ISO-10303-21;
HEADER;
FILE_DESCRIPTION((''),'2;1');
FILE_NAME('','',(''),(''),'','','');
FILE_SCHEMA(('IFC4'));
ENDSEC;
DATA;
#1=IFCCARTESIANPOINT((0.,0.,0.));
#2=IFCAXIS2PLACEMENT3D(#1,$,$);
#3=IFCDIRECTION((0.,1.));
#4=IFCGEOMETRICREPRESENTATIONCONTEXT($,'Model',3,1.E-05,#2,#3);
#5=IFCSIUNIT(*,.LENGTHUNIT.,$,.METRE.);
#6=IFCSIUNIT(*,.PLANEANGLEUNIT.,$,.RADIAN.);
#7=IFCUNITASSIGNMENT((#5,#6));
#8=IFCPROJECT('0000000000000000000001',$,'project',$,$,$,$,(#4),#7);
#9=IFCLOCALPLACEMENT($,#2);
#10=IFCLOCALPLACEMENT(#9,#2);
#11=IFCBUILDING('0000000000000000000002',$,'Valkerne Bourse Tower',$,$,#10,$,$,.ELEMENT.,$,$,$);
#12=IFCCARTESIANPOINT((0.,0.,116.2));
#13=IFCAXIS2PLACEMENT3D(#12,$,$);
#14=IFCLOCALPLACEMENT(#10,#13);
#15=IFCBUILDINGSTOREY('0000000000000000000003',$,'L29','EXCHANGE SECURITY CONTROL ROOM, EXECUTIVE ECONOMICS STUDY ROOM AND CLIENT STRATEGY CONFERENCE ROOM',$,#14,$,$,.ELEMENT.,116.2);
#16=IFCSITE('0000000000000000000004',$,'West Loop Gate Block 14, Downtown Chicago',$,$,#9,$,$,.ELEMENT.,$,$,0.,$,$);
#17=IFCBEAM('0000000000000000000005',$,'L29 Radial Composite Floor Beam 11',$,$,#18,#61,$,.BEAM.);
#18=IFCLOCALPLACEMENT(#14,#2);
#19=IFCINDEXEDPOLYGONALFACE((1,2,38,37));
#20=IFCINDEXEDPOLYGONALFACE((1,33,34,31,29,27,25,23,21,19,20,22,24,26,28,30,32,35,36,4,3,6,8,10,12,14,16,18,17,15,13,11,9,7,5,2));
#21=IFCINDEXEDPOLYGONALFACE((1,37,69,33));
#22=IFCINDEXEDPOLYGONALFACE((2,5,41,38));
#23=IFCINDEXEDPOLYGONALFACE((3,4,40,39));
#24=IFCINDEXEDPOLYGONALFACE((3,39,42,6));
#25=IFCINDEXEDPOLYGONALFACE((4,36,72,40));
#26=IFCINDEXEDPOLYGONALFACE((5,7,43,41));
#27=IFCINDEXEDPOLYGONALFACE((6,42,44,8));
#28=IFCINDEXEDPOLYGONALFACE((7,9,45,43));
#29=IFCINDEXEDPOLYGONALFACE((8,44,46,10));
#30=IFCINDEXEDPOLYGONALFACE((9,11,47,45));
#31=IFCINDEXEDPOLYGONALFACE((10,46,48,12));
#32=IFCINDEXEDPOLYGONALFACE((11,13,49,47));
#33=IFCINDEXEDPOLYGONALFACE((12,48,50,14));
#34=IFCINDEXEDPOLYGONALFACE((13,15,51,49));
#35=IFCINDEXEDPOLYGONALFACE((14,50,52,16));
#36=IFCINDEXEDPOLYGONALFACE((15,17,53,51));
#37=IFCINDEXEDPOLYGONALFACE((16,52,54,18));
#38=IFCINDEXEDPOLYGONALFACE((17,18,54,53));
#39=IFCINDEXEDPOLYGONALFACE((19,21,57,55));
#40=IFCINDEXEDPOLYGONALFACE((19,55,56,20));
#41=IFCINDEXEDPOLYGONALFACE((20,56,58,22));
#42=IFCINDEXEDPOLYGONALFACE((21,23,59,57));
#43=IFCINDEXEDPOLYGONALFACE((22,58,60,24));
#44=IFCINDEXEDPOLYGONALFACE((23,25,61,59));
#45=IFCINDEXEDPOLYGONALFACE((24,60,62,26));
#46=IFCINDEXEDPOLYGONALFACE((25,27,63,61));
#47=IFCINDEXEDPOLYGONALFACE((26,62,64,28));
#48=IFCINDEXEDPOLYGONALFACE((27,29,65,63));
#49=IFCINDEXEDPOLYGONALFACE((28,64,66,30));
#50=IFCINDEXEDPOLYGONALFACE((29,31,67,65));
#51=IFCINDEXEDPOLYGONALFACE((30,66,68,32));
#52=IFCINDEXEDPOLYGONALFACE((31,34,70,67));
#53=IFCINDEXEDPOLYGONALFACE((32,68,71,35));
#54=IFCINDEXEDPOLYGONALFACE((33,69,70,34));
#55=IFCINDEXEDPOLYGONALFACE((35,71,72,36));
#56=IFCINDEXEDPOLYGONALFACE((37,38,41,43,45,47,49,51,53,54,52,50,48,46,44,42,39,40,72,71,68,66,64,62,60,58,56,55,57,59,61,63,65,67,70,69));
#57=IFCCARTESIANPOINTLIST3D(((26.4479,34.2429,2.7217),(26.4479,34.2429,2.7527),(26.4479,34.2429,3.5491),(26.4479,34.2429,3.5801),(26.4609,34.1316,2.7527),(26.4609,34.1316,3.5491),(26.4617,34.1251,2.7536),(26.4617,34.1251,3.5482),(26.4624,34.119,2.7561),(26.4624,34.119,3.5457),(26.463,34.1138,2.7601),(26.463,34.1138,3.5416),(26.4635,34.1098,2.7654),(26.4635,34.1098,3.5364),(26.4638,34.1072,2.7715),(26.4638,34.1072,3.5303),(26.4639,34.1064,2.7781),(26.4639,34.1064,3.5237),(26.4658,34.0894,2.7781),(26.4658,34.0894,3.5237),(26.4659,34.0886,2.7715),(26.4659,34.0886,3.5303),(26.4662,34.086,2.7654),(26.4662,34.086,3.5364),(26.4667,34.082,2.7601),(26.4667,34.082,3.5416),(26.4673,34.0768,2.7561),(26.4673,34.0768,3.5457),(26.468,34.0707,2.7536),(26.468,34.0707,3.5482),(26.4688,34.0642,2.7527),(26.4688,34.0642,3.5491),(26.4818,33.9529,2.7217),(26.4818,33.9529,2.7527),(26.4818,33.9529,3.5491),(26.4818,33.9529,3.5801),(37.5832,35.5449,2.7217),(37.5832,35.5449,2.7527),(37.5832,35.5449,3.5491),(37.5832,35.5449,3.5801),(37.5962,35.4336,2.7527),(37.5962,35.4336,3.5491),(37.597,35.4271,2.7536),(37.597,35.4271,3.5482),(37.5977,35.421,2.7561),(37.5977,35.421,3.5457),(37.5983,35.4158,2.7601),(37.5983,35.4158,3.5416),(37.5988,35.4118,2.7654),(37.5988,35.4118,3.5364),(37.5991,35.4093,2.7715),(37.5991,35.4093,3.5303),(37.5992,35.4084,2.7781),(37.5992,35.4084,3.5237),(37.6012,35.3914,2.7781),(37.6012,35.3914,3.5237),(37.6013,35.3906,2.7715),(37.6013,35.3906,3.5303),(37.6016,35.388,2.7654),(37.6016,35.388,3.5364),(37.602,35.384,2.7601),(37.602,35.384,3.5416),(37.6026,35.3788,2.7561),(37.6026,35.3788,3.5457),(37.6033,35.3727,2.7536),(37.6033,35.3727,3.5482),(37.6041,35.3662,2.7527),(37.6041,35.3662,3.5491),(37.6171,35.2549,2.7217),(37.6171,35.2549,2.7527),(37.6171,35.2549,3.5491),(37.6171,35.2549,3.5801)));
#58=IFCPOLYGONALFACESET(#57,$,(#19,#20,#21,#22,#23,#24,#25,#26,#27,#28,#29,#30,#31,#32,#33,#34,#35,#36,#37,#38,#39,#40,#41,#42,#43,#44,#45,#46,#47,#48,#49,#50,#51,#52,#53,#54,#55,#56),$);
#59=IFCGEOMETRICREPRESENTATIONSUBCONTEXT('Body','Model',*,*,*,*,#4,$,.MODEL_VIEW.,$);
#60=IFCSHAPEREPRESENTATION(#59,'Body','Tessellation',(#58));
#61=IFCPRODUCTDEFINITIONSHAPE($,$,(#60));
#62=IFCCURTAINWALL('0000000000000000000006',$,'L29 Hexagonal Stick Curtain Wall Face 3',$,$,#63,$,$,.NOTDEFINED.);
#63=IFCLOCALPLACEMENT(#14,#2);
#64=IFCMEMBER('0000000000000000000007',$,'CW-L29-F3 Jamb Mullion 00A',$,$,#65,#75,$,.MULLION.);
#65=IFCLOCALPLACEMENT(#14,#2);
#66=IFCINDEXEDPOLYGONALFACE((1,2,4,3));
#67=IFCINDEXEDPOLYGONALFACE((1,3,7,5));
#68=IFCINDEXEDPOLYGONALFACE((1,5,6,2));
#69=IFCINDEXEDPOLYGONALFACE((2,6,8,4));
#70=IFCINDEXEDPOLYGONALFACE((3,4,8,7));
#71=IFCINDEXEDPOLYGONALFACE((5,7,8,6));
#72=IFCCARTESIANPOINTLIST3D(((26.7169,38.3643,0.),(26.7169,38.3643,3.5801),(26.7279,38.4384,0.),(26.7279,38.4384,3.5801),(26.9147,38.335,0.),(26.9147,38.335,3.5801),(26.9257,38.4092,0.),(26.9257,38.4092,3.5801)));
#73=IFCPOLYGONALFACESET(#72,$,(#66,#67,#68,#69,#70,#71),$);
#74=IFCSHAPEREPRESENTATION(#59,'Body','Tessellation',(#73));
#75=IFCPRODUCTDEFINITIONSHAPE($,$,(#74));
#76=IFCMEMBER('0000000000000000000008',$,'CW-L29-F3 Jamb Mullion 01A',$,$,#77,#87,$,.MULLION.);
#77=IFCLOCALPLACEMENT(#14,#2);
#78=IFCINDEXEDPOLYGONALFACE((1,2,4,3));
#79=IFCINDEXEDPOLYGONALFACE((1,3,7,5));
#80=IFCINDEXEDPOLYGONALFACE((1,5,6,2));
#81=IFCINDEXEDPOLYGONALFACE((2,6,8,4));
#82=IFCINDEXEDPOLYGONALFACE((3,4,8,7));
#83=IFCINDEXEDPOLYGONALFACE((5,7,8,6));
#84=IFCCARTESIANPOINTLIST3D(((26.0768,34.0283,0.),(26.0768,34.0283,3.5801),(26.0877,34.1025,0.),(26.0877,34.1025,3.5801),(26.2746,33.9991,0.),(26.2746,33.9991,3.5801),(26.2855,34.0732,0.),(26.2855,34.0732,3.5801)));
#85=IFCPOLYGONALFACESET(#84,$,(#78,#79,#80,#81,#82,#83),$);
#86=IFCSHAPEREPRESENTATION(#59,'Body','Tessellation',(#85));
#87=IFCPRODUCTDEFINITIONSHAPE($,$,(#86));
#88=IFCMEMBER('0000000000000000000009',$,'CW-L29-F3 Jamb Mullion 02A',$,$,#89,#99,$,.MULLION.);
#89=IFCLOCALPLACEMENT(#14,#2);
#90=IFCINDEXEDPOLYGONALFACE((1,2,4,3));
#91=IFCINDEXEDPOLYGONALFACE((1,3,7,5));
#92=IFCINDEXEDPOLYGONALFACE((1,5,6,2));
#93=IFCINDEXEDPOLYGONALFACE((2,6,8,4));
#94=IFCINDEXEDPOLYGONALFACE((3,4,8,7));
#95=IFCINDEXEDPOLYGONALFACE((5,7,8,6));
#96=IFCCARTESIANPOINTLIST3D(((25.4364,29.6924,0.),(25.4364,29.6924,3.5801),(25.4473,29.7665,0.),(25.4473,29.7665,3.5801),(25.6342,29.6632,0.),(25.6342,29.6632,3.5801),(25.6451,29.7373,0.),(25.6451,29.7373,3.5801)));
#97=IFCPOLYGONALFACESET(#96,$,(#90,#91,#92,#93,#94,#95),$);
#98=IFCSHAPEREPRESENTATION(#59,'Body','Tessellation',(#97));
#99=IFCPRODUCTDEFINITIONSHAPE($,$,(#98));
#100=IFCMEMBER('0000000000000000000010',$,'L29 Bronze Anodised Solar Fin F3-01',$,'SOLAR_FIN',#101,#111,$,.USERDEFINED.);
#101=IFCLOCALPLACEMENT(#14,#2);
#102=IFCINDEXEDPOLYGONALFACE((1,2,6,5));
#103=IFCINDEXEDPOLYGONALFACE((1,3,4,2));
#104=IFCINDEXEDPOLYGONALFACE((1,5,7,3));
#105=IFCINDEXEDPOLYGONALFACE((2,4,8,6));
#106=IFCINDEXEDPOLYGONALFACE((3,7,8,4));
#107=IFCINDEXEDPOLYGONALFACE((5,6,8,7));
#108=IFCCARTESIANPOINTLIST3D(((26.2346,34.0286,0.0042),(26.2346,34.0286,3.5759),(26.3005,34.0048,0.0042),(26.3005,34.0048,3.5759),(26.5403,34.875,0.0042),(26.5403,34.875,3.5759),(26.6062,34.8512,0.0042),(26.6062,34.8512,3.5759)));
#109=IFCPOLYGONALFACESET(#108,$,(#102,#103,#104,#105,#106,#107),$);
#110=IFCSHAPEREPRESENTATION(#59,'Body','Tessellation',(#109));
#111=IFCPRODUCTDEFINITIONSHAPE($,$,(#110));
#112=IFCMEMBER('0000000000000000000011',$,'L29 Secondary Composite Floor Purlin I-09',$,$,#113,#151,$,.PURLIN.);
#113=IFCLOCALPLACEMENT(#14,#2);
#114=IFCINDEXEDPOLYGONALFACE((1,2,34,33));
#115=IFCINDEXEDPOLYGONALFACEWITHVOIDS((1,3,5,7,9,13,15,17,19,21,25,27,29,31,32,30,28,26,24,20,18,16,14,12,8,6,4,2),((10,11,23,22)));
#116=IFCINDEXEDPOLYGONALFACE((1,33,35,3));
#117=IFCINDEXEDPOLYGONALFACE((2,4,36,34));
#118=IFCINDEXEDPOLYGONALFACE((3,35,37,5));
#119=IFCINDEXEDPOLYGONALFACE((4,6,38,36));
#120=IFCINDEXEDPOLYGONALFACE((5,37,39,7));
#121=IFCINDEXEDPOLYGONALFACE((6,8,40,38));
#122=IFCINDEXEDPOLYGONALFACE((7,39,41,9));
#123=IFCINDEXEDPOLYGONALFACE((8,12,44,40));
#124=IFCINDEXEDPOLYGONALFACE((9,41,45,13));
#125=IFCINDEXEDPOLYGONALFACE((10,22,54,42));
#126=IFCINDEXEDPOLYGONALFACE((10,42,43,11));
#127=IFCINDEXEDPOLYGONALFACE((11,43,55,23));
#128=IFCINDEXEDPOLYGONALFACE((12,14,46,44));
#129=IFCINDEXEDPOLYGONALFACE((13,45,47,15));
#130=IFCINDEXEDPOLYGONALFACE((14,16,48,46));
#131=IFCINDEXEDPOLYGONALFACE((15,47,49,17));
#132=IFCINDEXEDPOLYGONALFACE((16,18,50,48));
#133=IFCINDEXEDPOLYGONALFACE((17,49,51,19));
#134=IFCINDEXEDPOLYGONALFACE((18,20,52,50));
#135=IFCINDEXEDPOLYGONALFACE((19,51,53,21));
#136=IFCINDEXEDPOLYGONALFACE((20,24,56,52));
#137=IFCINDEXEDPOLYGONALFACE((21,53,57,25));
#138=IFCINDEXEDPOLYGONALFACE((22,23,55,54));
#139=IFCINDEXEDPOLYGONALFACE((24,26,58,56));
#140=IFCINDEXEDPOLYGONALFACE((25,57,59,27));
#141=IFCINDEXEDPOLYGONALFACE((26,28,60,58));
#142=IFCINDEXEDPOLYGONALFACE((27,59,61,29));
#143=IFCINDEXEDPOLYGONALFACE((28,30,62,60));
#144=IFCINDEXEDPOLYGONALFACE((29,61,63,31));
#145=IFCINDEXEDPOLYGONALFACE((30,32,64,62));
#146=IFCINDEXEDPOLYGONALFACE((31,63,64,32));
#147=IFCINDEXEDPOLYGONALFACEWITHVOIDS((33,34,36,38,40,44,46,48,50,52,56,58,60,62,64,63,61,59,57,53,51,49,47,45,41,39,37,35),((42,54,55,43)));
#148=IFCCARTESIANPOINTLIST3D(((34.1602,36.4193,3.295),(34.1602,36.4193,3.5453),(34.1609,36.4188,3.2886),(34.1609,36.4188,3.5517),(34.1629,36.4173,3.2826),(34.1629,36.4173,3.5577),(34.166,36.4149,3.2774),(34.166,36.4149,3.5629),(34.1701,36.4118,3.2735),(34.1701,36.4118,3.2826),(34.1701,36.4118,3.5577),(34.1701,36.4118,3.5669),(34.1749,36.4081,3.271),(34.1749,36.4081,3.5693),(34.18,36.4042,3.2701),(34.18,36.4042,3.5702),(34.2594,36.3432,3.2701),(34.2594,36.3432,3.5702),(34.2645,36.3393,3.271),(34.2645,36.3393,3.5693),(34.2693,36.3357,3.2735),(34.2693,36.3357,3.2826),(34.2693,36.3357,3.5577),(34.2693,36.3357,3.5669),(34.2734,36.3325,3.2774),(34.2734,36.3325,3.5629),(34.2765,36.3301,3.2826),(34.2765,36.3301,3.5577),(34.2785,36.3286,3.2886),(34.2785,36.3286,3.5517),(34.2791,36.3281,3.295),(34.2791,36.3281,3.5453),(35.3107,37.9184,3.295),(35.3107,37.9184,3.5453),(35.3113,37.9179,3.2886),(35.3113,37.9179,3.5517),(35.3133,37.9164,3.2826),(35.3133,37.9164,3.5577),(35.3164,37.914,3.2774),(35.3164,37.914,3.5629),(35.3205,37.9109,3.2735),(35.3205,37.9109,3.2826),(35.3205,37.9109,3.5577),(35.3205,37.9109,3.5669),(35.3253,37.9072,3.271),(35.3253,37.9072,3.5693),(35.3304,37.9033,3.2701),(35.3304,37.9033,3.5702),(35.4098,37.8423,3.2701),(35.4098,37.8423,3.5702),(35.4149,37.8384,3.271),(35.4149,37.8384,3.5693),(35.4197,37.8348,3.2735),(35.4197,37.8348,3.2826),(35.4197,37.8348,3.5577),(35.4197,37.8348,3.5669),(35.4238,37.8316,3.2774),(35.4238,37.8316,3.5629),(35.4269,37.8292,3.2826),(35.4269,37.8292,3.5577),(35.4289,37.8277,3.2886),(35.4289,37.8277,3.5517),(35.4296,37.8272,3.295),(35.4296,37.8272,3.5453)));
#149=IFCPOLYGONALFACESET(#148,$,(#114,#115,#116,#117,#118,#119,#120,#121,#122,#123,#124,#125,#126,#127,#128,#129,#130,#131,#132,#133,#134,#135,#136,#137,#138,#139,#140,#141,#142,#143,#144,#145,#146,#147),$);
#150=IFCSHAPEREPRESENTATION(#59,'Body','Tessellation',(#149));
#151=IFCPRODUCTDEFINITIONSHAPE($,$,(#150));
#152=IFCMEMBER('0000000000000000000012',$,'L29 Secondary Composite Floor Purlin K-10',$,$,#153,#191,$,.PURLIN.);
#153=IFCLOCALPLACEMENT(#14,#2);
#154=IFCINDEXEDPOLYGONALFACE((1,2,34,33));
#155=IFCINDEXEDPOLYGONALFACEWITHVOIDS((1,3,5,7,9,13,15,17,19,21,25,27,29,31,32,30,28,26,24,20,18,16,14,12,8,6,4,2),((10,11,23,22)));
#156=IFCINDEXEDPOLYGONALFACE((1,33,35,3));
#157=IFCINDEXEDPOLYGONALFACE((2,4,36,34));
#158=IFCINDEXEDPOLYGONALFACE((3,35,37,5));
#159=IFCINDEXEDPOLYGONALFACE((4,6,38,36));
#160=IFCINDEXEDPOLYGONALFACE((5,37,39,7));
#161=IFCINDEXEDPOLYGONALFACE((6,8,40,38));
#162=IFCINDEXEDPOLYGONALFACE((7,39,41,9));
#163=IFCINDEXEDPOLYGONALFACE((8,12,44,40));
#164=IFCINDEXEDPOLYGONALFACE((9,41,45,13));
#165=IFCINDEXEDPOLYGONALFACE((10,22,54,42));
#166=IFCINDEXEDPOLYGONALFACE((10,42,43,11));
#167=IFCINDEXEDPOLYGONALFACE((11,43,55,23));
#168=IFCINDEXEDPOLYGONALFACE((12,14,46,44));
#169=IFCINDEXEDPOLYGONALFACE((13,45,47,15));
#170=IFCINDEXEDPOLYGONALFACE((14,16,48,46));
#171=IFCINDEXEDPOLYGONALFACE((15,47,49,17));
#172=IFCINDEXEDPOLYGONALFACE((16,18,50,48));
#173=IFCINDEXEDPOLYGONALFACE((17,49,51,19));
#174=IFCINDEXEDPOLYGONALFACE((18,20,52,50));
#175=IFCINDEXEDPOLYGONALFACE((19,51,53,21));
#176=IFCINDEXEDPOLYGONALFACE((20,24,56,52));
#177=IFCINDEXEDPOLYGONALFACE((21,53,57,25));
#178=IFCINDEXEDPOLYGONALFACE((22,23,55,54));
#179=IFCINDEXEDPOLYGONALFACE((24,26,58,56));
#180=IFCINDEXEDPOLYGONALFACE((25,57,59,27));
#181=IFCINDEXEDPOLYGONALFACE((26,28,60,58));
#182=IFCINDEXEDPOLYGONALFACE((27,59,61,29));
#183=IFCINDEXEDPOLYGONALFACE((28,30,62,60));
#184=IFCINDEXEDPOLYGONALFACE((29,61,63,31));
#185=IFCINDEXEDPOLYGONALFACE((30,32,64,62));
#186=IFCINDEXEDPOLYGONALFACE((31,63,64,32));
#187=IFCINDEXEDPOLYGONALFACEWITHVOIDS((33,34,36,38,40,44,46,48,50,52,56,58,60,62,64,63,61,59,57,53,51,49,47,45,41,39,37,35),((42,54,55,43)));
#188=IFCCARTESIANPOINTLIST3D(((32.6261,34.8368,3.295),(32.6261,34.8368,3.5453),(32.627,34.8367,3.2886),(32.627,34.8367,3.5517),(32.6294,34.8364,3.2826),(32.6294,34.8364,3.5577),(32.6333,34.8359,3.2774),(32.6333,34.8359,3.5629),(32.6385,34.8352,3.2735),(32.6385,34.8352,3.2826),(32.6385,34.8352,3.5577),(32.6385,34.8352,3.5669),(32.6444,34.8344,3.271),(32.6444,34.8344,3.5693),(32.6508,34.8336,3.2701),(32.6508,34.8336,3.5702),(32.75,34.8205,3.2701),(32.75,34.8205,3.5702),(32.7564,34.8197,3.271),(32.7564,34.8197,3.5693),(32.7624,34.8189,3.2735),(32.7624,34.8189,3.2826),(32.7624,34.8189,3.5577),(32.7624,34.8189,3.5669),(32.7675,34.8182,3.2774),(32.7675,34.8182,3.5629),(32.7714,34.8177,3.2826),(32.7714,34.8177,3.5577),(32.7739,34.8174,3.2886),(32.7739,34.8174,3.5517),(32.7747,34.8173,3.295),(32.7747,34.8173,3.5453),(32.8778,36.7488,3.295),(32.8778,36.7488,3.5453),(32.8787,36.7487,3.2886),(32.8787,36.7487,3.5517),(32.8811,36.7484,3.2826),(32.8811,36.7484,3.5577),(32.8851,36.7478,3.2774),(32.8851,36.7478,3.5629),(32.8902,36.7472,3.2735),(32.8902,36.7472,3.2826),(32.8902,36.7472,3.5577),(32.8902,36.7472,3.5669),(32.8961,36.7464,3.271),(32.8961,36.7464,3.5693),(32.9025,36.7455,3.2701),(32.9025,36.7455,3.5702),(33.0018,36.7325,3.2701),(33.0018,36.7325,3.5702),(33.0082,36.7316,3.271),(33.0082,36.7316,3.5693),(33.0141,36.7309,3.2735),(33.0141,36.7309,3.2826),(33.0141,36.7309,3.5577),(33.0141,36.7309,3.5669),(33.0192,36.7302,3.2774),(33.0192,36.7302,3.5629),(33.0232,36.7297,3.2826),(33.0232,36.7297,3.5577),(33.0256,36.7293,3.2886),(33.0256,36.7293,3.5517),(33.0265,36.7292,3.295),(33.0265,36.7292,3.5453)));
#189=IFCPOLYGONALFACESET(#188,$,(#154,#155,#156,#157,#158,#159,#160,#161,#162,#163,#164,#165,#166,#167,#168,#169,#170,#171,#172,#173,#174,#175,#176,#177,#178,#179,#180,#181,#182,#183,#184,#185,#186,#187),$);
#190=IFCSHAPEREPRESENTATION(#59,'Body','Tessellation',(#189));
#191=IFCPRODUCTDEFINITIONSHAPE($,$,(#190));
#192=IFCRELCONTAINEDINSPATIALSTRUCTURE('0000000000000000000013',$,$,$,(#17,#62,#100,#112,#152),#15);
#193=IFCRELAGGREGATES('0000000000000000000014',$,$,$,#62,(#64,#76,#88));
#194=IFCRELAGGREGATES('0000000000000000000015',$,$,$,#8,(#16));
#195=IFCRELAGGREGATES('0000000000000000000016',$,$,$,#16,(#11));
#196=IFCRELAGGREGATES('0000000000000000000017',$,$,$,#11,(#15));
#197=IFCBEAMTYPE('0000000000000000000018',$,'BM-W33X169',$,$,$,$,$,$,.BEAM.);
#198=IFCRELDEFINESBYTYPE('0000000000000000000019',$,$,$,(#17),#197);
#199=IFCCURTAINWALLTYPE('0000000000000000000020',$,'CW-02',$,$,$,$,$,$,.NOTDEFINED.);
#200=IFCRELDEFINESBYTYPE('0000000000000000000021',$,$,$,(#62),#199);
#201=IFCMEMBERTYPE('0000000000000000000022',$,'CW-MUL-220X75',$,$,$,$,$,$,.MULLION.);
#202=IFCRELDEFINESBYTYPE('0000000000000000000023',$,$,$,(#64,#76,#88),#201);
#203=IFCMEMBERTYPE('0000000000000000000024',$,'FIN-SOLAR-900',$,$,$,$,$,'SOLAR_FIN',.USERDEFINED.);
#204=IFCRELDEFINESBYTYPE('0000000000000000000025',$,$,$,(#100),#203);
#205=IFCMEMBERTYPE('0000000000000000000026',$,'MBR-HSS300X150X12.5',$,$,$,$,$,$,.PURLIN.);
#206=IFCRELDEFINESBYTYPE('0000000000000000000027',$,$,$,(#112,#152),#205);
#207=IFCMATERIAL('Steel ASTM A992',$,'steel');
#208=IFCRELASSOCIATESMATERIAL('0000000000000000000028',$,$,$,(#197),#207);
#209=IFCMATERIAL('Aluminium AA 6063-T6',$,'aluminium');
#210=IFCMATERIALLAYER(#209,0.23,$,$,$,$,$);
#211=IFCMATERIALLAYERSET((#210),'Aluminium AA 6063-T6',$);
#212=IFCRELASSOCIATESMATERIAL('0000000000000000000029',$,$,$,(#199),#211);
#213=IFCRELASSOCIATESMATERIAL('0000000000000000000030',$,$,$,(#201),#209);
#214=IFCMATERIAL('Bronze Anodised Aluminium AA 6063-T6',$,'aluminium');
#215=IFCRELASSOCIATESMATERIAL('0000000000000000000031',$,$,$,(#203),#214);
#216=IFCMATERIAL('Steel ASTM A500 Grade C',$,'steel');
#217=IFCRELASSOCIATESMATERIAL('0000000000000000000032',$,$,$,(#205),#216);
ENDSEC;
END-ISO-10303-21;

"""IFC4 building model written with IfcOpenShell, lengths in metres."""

from ifc_helpers import new_model, si_unit, direction, frame, origin, origin_2d, place, context, subcontext, project, spatial, rectangle, hollow_rectangle, i_section, extrude, material, layer, layer_set, material_profile, profile_set, type_object, element, aggregate, save


model = new_model("IFC4")

# Units and contexts
model_context = context("Model", 3, precision=1e-05, world=origin(), true_north=direction((0.0, 1.0)))
body_context = subcontext(model_context, "Body", "Model", "MODEL_VIEW")
ifc_project = project(units=[si_unit("LENGTHUNIT", "METRE"), si_unit("PLANEANGLEUNIT", "RADIAN")], contexts=[model_context])

# Site, building, storey
site_placement = place(None, origin())
site = spatial("IfcSite", under=ifc_project, at=site_placement, Name="West Loop Gate Block 14, Downtown Chicago", CompositionType="ELEMENT", RefElevation=0.0)
building_placement = place(site_placement, origin())
building = spatial("IfcBuilding", under=site, at=building_placement, Name="Valkerne Bourse Tower", CompositionType="ELEMENT")
storey_placement = place(building_placement, frame((0.0, 0.0, 116.2)))
storey = spatial("IfcBuildingStorey", under=building, at=storey_placement, Name="L29", Description="EXCHANGE SECURITY CONTROL ROOM, EXECUTIVE ECONOMICS STUDY ROOM AND CLIENT STRATEGY CONFERENCE ROOM", CompositionType="ELEMENT", Elevation=116.2)

# Beam
ifc_material_1 = material(Name="Steel ASTM A992", Category="steel")
ifc_material_profile_1 = material_profile(ifc_material_1, i_section(OverallWidth=0.292, OverallDepth=0.8584, WebThickness=0.0171, FlangeThickness=0.031, FilletRadius=0.0254, at=origin_2d()), Name="W33X169")
ifc_profile_set_1 = profile_set([ifc_material_profile_1], Name="Steel ASTM A992")
beam_type_1 = type_object("IfcBeamType", Name="BM-W33X169", PredefinedType="BEAM", material=ifc_profile_set_1)
beam_1_placement = place(storey_placement, frame((26.4648, 34.0979, 3.1509), z_axis=(0.993233, 0.116135, 0.0), x_axis=(-0.116135, 0.993233, 0.0)))
element("IfcBeam", 1, at=beam_1_placement, inside=storey, type_object=beam_type_1, Name="L29 Radial Composite Floor Beam 11", PredefinedType="BEAM", context=body_context, shape_type="SweptSolid", body=[
    extrude(i_section(OverallWidth=0.292, OverallDepth=0.8584, WebThickness=0.0171, FlangeThickness=0.031, FilletRadius=0.0254, at=origin_2d()), origin(), (0.0, 0.0, 1.0), 11.2112),
])

# Curtain wall, members
ifc_material_2 = material(Name="Aluminium AA 6063-T6", Category="aluminium")
ifc_layer_1 = layer(ifc_material_2, 0.23)
ifc_layer_set_1 = layer_set([ifc_layer_1], Name="Aluminium AA 6063-T6")
curtain_wall_type = type_object("IfcCurtainWallType", Name="CW-02", PredefinedType="NOTDEFINED", material=ifc_layer_set_1)
curtain_wall_placement = place(storey_placement, origin())
curtain_wall = element("IfcCurtainWall", 2, at=curtain_wall_placement, inside=storey, type_object=curtain_wall_type, Name="L29 Hexagonal Stick Curtain Wall Face 3", PredefinedType="NOTDEFINED")
ifc_material_profile_2 = material_profile(ifc_material_2, rectangle(XDim=0.075, YDim=0.2, at=origin_2d()), Name="CWM-75X200")
ifc_profile_set_2 = profile_set([ifc_material_profile_2], Name="Aluminium AA 6063-T6")
member_type_1 = type_object("IfcMemberType", Name="CW-MUL-220X75", PredefinedType="MULLION", material=ifc_profile_set_2)
member_1_placement = place(storey_placement, frame((26.8213, 38.3867, 0.0), z_axis=(0.0, 0.0, 1.0), x_axis=(-0.146086, -0.989272, 0.0)))
member_1 = element("IfcMember", 3, at=member_1_placement, type_object=member_type_1, Name="CW-L29-F3 Jamb Mullion 00A", PredefinedType="MULLION", context=body_context, shape_type="SweptSolid", body=[
    extrude(rectangle(XDim=0.075, YDim=0.2, at=origin_2d()), origin(), (0.0, 0.0, 1.0), 3.5801),
])
member_2_placement = place(storey_placement, frame((26.1812, 34.0508, 0.0), z_axis=(0.0, 0.0, 1.0), x_axis=(-0.14609, -0.989271, 0.0)))
member_2 = element("IfcMember", 4, at=member_2_placement, type_object=member_type_1, Name="CW-L29-F3 Jamb Mullion 01A", PredefinedType="MULLION", context=body_context, shape_type="SweptSolid", body=[
    extrude(rectangle(XDim=0.075, YDim=0.2, at=origin_2d()), origin(), (0.0, 0.0, 1.0), 3.5801),
])
member_3_placement = place(storey_placement, frame((25.5408, 29.7148, 0.0), z_axis=(0.0, 0.0, 1.0), x_axis=(-0.146086, -0.989272, 0.0)))
member_3 = element("IfcMember", 5, at=member_3_placement, type_object=member_type_1, Name="CW-L29-F3 Jamb Mullion 02A", PredefinedType="MULLION", context=body_context, shape_type="SweptSolid", body=[
    extrude(rectangle(XDim=0.075, YDim=0.2, at=origin_2d()), origin(), (0.0, 0.0, 1.0), 3.5801),
])

# Members
ifc_material_3 = material(Name="Bronze Anodised Aluminium AA 6063-T6", Category="aluminium")
ifc_material_profile_3 = material_profile(ifc_material_3, rectangle(XDim=0.0701, YDim=0.8999, at=origin_2d()), Name="FIN-70X900")
ifc_profile_set_3 = profile_set([ifc_material_profile_3], Name="Bronze Anodised Aluminium AA 6063-T6")
member_type_2 = type_object("IfcMemberType", Name="FIN-SOLAR-900", ElementType="SOLAR_FIN", PredefinedType="USERDEFINED", material=ifc_profile_set_3)
member_4_placement = place(storey_placement, frame((26.4204, 34.4399, 0.0042), z_axis=(0.0, 0.0, 1.0), x_axis=(-0.940558, 0.339633, 0.0)))
element("IfcMember", 6, at=member_4_placement, inside=storey, type_object=member_type_2, Name="L29 Bronze Anodised Solar Fin F3-01", ObjectType="SOLAR_FIN", PredefinedType="USERDEFINED", context=body_context, shape_type="SweptSolid", body=[
    extrude(rectangle(XDim=0.0701, YDim=0.8999, at=origin_2d()), origin(), (0.0, 0.0, 1.0), 3.5718),
])
ifc_material_4 = material(Name="Steel ASTM A500 Grade C", Category="steel")
ifc_material_profile_4 = material_profile(ifc_material_4, hollow_rectangle(XDim=0.1499, YDim=0.3, WallThickness=0.0125, OuterFilletRadius=0.0249, at=origin_2d()), Name="HSS300X150X12.5")
ifc_profile_set_4 = profile_set([ifc_material_profile_4], Name="Steel ASTM A500 Grade C")
member_type_3 = type_object("IfcMemberType", Name="MBR-HSS300X150X12.5", PredefinedType="PURLIN", material=ifc_profile_set_4)
member_5_placement = place(storey_placement, frame((35.3701, 37.8728, 3.4202), z_axis=(-0.608811, -0.793315, 0.0), x_axis=(0.793315, -0.608811, 0.0)))
element("IfcMember", 7, at=member_5_placement, inside=storey, type_object=member_type_3, Name="L29 Secondary Composite Floor Purlin I-09", PredefinedType="PURLIN", context=body_context, shape_type="SweptSolid", body=[
    extrude(hollow_rectangle(XDim=0.1499, YDim=0.3, WallThickness=0.0125, OuterFilletRadius=0.0249, at=origin_2d()), origin(), (0.0, 0.0, 1.0), 1.8896),
])
member_6_placement = place(storey_placement, frame((32.9521, 36.739, 3.4202), z_axis=(-0.13053, -0.991444, 0.0), x_axis=(0.991444, -0.13053, 0.0)))
element("IfcMember", 8, at=member_6_placement, inside=storey, type_object=member_type_3, Name="L29 Secondary Composite Floor Purlin K-10", PredefinedType="PURLIN", context=body_context, shape_type="SweptSolid", body=[
    extrude(hollow_rectangle(XDim=0.1499, YDim=0.3, WallThickness=0.0125, OuterFilletRadius=0.0249, at=origin_2d()), origin(), (0.0, 0.0, 1.0), 1.9285),
])

aggregate(curtain_wall, [member_1, member_2, member_3])

save(model, "model.ifc")
